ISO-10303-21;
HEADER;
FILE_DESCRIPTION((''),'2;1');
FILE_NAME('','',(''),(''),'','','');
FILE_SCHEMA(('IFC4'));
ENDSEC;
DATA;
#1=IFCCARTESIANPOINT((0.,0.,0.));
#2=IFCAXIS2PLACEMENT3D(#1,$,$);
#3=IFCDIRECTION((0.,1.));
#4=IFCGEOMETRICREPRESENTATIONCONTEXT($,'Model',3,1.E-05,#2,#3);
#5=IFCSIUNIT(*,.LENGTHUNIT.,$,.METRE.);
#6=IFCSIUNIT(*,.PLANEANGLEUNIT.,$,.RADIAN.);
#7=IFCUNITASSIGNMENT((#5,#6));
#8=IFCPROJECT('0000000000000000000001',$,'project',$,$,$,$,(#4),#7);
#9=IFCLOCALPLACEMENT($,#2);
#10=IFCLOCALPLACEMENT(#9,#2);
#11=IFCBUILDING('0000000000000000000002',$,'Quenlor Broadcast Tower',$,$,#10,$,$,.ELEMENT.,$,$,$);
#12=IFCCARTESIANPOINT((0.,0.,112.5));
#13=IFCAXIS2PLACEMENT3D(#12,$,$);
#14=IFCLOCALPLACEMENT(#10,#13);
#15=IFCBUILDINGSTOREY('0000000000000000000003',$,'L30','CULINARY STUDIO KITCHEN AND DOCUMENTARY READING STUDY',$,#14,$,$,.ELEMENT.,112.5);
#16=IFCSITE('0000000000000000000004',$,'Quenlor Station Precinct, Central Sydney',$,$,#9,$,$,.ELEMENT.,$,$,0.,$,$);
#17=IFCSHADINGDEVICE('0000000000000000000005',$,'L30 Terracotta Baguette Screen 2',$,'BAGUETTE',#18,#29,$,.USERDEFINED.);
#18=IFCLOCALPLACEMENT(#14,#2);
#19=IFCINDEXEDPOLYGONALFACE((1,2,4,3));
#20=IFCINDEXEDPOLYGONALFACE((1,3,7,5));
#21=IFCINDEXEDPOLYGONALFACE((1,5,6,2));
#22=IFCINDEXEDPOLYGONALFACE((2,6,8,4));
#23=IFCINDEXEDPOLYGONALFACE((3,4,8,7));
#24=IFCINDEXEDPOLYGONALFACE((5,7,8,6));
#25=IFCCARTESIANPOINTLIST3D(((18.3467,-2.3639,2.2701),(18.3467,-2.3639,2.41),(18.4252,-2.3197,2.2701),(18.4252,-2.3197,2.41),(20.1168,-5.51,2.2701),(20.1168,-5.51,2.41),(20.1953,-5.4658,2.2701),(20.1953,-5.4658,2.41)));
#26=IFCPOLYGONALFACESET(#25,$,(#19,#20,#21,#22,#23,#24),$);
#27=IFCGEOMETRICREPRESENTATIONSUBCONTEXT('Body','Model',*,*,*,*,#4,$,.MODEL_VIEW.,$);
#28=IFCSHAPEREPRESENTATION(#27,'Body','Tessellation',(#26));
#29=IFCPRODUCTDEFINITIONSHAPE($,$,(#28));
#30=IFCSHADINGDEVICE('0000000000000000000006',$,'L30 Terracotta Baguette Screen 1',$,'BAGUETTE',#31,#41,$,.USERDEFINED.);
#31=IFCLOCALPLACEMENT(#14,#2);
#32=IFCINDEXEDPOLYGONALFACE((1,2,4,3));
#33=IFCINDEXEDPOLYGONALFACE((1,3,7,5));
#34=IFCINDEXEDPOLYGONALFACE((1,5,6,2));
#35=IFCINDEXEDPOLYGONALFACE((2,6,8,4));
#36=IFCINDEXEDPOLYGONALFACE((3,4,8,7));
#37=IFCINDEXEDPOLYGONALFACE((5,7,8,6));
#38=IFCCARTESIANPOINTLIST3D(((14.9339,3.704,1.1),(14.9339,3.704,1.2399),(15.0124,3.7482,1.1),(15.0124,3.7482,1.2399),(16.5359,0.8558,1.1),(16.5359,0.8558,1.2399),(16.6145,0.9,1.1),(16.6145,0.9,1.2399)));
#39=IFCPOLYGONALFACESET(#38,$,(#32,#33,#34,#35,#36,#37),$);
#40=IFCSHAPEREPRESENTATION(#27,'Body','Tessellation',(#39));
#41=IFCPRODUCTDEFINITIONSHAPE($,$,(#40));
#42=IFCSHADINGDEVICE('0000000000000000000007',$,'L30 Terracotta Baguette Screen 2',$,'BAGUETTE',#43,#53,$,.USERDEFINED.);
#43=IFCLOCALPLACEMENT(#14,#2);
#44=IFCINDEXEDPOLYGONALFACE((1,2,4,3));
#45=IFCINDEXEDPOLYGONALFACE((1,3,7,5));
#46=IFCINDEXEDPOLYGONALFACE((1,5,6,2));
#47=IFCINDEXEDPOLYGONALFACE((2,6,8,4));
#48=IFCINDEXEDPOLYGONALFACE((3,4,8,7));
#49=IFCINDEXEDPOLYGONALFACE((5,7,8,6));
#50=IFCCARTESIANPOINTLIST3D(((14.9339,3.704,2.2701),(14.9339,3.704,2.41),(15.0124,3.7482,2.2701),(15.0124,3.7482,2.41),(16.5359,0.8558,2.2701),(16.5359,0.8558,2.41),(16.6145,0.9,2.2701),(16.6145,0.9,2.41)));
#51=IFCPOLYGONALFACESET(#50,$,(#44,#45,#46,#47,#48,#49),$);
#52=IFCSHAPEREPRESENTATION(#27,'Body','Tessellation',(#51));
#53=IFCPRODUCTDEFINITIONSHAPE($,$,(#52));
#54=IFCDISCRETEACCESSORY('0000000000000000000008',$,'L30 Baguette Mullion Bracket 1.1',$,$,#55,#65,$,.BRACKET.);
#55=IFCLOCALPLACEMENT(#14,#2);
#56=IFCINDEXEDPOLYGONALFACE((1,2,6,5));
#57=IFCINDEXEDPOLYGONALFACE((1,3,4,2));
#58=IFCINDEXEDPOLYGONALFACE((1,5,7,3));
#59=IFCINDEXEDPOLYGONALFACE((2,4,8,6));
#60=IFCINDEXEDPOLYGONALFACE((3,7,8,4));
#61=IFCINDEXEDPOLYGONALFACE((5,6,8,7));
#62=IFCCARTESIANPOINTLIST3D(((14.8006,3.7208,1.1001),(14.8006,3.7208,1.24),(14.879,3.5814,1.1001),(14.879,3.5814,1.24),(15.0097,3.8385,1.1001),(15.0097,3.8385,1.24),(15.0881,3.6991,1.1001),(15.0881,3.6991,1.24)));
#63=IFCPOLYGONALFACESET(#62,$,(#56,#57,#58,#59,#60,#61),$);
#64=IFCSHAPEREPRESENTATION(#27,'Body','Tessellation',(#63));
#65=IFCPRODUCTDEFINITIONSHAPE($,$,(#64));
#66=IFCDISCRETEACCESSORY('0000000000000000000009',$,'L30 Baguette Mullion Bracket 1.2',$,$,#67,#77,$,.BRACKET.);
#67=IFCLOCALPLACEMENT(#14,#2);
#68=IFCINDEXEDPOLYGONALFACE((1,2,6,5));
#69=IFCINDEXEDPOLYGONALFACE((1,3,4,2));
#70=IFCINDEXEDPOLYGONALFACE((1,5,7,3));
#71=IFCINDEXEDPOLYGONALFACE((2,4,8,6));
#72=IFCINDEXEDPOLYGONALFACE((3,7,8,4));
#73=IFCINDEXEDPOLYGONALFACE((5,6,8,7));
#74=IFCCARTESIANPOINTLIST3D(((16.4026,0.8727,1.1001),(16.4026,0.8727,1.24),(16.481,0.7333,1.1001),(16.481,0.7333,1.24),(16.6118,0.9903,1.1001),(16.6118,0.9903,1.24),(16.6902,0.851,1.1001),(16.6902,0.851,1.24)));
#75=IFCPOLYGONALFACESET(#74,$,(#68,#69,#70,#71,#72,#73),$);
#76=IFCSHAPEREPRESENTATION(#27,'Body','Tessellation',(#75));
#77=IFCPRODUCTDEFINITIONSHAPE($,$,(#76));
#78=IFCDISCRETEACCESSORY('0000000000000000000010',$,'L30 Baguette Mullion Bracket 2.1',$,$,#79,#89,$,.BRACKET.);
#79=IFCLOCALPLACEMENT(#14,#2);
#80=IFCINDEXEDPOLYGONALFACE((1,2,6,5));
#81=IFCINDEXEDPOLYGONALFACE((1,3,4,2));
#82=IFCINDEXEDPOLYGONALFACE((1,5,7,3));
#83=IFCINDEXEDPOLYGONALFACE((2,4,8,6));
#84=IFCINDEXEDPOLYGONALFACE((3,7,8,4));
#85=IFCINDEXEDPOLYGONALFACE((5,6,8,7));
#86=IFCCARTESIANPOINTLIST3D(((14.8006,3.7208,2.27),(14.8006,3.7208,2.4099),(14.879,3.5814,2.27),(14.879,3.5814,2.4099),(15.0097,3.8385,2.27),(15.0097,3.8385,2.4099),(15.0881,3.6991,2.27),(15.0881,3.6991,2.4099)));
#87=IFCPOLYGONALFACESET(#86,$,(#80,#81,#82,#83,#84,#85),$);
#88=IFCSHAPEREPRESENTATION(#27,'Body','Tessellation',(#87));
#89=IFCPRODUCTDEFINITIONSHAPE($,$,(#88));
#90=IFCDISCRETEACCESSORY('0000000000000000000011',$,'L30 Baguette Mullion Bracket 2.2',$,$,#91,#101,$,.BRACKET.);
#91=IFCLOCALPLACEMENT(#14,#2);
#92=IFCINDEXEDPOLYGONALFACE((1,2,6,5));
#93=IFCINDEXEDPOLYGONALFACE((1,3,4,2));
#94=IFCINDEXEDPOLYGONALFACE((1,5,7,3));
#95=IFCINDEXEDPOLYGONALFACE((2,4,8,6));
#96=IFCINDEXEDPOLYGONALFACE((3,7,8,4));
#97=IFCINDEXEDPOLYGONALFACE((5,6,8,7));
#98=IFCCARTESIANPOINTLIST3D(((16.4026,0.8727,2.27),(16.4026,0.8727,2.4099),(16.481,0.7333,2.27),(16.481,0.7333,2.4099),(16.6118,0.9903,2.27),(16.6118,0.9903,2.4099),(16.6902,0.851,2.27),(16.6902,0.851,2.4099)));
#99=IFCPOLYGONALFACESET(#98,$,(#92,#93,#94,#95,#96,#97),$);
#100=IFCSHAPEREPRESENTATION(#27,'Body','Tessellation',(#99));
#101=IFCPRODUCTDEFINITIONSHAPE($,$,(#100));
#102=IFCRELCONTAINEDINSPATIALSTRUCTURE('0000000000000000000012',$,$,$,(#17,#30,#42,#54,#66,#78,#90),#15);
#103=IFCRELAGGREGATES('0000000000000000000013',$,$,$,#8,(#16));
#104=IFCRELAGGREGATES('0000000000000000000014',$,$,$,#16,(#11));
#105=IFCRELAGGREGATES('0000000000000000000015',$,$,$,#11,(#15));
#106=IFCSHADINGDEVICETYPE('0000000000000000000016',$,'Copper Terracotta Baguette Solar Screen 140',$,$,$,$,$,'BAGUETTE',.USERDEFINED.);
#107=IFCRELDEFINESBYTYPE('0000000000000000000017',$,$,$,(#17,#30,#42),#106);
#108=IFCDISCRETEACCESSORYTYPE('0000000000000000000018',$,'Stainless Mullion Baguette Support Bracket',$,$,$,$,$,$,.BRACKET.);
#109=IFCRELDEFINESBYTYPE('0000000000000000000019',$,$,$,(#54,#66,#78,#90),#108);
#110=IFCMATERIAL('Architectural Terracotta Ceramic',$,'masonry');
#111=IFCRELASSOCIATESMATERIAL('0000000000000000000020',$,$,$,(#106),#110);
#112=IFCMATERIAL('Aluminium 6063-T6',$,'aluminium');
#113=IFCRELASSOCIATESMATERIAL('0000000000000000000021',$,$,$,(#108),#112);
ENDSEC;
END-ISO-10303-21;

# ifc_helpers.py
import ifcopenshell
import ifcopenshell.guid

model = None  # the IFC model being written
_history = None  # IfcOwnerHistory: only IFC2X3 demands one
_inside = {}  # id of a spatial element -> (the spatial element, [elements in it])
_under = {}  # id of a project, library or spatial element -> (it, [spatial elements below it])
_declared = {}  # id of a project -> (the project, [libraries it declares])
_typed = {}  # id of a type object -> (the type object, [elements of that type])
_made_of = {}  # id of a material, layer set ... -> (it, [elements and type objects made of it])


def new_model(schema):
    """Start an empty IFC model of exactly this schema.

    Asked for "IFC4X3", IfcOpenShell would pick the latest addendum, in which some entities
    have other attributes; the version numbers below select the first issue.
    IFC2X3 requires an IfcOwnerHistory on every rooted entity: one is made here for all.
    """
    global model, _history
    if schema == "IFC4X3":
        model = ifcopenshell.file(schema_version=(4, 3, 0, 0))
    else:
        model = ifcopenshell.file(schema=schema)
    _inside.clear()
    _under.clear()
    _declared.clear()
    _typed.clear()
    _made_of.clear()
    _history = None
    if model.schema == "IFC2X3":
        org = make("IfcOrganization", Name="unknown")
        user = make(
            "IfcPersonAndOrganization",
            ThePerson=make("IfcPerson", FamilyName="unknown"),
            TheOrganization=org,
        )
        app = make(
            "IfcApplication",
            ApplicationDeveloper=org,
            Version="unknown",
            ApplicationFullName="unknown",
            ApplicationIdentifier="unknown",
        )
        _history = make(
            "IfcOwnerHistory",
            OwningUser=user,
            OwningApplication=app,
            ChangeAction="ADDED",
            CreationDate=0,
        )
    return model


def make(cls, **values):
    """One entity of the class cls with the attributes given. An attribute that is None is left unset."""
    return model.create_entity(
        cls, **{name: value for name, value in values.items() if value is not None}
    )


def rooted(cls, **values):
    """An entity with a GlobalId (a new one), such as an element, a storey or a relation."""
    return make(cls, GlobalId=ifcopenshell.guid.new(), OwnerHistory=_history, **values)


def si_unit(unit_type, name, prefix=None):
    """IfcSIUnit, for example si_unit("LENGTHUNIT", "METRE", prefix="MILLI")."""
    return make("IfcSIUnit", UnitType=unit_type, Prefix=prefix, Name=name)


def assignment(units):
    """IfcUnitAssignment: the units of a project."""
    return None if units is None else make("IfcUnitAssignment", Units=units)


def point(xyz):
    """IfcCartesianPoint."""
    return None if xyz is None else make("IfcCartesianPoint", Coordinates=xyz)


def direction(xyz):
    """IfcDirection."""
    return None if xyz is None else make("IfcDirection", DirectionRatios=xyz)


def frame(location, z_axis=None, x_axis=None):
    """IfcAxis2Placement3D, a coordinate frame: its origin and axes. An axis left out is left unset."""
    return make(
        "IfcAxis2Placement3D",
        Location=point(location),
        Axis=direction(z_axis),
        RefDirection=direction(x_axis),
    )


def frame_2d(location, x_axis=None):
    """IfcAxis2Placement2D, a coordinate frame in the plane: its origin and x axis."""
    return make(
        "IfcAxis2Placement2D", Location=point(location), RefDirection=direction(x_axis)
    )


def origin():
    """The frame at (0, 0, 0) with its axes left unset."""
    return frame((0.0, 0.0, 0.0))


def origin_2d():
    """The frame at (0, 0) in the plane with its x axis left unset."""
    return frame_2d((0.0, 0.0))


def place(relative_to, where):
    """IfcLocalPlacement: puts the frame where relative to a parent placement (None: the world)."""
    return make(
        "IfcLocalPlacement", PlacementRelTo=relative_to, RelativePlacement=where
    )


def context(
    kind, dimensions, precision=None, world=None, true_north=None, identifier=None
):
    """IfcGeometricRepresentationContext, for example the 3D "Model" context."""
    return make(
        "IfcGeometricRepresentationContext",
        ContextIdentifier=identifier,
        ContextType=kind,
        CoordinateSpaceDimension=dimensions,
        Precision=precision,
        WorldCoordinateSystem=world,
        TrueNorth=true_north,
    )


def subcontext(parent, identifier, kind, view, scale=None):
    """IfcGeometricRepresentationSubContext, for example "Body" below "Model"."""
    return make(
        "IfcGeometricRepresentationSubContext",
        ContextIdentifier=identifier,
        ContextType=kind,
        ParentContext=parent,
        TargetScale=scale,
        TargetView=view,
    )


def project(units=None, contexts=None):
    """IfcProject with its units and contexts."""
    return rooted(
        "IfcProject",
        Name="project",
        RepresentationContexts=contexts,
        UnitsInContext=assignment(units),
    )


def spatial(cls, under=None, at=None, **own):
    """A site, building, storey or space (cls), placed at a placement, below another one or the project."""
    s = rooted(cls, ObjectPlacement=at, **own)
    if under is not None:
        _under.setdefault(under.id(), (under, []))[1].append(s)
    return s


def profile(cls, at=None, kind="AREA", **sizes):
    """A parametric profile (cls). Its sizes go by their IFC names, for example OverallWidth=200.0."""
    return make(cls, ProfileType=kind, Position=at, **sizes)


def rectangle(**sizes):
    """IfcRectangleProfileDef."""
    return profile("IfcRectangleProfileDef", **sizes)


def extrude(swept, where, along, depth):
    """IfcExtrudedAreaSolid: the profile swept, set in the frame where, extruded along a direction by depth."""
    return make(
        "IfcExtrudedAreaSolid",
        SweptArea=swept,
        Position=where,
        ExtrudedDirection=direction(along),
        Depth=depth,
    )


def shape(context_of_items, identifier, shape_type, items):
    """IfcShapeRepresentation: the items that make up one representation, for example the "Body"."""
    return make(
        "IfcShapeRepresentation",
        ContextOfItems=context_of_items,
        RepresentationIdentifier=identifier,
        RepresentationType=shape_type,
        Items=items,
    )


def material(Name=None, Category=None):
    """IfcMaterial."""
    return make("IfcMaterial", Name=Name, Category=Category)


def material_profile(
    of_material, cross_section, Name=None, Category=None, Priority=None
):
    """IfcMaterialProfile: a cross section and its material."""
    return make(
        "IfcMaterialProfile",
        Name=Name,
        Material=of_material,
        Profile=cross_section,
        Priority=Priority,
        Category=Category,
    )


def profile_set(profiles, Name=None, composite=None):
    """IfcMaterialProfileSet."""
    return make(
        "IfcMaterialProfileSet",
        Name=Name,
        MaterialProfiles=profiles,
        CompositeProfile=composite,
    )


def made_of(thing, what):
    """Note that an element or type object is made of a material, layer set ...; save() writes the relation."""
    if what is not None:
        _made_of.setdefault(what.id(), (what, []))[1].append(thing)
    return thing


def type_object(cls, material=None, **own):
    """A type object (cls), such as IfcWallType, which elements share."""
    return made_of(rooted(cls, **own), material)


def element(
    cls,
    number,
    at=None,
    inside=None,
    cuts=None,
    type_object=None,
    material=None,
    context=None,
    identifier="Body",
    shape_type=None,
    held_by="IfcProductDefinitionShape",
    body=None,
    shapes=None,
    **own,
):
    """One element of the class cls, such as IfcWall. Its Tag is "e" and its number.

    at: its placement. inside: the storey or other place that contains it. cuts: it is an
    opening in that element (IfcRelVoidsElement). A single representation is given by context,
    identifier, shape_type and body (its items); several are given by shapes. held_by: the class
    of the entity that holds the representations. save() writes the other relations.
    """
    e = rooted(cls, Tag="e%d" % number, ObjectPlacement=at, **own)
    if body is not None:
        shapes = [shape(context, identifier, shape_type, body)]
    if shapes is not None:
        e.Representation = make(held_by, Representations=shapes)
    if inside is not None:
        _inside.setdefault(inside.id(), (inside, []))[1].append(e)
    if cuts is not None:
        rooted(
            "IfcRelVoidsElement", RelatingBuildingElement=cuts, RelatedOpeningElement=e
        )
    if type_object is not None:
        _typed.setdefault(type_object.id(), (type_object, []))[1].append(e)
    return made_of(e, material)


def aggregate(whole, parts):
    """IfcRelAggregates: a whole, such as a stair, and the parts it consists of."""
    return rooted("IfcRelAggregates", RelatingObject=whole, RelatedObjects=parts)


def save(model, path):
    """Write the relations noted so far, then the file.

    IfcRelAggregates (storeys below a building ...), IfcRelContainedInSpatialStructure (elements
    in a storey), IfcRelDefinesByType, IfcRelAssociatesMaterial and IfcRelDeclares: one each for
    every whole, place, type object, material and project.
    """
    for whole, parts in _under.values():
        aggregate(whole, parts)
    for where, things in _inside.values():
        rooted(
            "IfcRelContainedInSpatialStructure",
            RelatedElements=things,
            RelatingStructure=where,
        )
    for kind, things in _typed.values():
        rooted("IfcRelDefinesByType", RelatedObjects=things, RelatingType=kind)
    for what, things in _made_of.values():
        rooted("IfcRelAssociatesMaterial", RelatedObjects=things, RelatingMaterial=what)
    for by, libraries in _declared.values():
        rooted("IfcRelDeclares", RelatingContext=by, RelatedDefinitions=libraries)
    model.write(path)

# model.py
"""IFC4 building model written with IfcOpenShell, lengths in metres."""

from ifc_helpers import new_model, si_unit, direction, frame, origin, origin_2d, place, context, subcontext, project, spatial, rectangle, extrude, material, material_profile, profile_set, type_object, element, save


model = new_model("IFC4")

# Units and contexts
model_context = context("Model", 3, precision=1e-05, world=origin(), true_north=direction((0.0, 1.0)))
body_context = subcontext(model_context, "Body", "Model", "MODEL_VIEW")
ifc_project = project(units=[si_unit("LENGTHUNIT", "METRE"), si_unit("PLANEANGLEUNIT", "RADIAN")], contexts=[model_context])

# Site, building, storey
site_placement = place(None, origin())
site = spatial("IfcSite", under=ifc_project, at=site_placement, Name="Quenlor Station Precinct, Central Sydney", CompositionType="ELEMENT", RefElevation=0.0)
building_placement = place(site_placement, origin())
building = spatial("IfcBuilding", under=site, at=building_placement, Name="Quenlor Broadcast Tower", CompositionType="ELEMENT")
storey_placement = place(building_placement, frame((0.0, 0.0, 112.5)))
storey = spatial("IfcBuildingStorey", under=building, at=storey_placement, Name="L30", Description="CULINARY STUDIO KITCHEN AND DOCUMENTARY READING STUDY", CompositionType="ELEMENT", Elevation=112.5)

# Shading devices
ifc_material_1 = material(Name="Architectural Terracotta Ceramic", Category="masonry")
ifc_material_profile_1 = material_profile(ifc_material_1, rectangle(XDim=0.0901, YDim=0.1399, at=origin_2d()))
ifc_profile_set_1 = profile_set([ifc_material_profile_1], Name="Architectural Terracotta Ceramic BAG90x140")
shading_device_type = type_object("IfcShadingDeviceType", Name="Copper Terracotta Baguette Solar Screen 140", ElementType="BAGUETTE", PredefinedType="USERDEFINED", material=ifc_profile_set_1)
for number, where, z_axis, x_axis, name in (
    (1, (18.386, -2.3418, 2.3401), (0.490345, -0.871529, 0.0), (0.871529, 0.490345, 0.0), "L30 Terracotta Baguette Screen 2"),
):
    element("IfcShadingDevice", number, at=place(storey_placement, frame(where, z_axis=z_axis, x_axis=x_axis)), inside=storey, type_object=shading_device_type, Name=name, ObjectType="BAGUETTE", PredefinedType="USERDEFINED", context=body_context, shape_type="SweptSolid", body=[
        extrude(rectangle(XDim=0.0901, YDim=0.1399, at=origin_2d()), origin(), (0.0, 0.0, 1.0), 3.6099),
    ])
for number, where, z_axis, x_axis, name in (
    (2, (14.9731, 3.7261, 1.1699), (0.490254, -0.87158, 0.0), (0.87158, 0.490254, 0.0), "L30 Terracotta Baguette Screen 1"),
    (3, (14.9731, 3.7261, 2.3401), (0.490254, -0.87158, 0.0), (0.87158, 0.490254, 0.0), "L30 Terracotta Baguette Screen 2"),
):
    element("IfcShadingDevice", number, at=place(storey_placement, frame(where, z_axis=z_axis, x_axis=x_axis)), inside=storey, type_object=shading_device_type, Name=name, ObjectType="BAGUETTE", PredefinedType="USERDEFINED", context=body_context, shape_type="SweptSolid", body=[
        extrude(rectangle(XDim=0.0901, YDim=0.1399, at=origin_2d()), origin(), (0.0, 0.0, 1.0), 3.2678),
    ])

# Discrete accessories
ifc_material_2 = material(Name="Aluminium 6063-T6", Category="aluminium")
discrete_accessory_type = type_object("IfcDiscreteAccessoryType", Name="Stainless Mullion Baguette Support Bracket", PredefinedType="BRACKET", material=ifc_material_2)
for number, where, z_axis, x_axis, name in (
    (4, (14.9443, 3.71, 1.1001), (0.0, 0.0, 1.0), (0.490262, -0.871575, 0.0), "L30 Baguette Mullion Bracket 1.1"),
    (5, (16.5464, 0.8618, 1.1001), (0.0, 0.0, 1.0), (0.490262, -0.871575, 0.0), "L30 Baguette Mullion Bracket 1.2"),
    (6, (14.9443, 3.71, 2.27), (0.0, 0.0, 1.0), (0.490262, -0.871575, 0.0), "L30 Baguette Mullion Bracket 2.1"),
    (7, (16.5464, 0.8618, 2.27), (0.0, 0.0, 1.0), (0.490262, -0.871575, 0.0), "L30 Baguette Mullion Bracket 2.2"),
):
    element("IfcDiscreteAccessory", number, at=place(storey_placement, frame(where, z_axis=z_axis, x_axis=x_axis)), inside=storey, type_object=discrete_accessory_type, Name=name, PredefinedType="BRACKET", context=body_context, shape_type="SweptSolid", body=[
        extrude(rectangle(XDim=0.1599, YDim=0.24, at=origin_2d()), origin(), (0.0, 0.0, 1.0), 0.1399),
    ])

save(model, "model.ifc")
